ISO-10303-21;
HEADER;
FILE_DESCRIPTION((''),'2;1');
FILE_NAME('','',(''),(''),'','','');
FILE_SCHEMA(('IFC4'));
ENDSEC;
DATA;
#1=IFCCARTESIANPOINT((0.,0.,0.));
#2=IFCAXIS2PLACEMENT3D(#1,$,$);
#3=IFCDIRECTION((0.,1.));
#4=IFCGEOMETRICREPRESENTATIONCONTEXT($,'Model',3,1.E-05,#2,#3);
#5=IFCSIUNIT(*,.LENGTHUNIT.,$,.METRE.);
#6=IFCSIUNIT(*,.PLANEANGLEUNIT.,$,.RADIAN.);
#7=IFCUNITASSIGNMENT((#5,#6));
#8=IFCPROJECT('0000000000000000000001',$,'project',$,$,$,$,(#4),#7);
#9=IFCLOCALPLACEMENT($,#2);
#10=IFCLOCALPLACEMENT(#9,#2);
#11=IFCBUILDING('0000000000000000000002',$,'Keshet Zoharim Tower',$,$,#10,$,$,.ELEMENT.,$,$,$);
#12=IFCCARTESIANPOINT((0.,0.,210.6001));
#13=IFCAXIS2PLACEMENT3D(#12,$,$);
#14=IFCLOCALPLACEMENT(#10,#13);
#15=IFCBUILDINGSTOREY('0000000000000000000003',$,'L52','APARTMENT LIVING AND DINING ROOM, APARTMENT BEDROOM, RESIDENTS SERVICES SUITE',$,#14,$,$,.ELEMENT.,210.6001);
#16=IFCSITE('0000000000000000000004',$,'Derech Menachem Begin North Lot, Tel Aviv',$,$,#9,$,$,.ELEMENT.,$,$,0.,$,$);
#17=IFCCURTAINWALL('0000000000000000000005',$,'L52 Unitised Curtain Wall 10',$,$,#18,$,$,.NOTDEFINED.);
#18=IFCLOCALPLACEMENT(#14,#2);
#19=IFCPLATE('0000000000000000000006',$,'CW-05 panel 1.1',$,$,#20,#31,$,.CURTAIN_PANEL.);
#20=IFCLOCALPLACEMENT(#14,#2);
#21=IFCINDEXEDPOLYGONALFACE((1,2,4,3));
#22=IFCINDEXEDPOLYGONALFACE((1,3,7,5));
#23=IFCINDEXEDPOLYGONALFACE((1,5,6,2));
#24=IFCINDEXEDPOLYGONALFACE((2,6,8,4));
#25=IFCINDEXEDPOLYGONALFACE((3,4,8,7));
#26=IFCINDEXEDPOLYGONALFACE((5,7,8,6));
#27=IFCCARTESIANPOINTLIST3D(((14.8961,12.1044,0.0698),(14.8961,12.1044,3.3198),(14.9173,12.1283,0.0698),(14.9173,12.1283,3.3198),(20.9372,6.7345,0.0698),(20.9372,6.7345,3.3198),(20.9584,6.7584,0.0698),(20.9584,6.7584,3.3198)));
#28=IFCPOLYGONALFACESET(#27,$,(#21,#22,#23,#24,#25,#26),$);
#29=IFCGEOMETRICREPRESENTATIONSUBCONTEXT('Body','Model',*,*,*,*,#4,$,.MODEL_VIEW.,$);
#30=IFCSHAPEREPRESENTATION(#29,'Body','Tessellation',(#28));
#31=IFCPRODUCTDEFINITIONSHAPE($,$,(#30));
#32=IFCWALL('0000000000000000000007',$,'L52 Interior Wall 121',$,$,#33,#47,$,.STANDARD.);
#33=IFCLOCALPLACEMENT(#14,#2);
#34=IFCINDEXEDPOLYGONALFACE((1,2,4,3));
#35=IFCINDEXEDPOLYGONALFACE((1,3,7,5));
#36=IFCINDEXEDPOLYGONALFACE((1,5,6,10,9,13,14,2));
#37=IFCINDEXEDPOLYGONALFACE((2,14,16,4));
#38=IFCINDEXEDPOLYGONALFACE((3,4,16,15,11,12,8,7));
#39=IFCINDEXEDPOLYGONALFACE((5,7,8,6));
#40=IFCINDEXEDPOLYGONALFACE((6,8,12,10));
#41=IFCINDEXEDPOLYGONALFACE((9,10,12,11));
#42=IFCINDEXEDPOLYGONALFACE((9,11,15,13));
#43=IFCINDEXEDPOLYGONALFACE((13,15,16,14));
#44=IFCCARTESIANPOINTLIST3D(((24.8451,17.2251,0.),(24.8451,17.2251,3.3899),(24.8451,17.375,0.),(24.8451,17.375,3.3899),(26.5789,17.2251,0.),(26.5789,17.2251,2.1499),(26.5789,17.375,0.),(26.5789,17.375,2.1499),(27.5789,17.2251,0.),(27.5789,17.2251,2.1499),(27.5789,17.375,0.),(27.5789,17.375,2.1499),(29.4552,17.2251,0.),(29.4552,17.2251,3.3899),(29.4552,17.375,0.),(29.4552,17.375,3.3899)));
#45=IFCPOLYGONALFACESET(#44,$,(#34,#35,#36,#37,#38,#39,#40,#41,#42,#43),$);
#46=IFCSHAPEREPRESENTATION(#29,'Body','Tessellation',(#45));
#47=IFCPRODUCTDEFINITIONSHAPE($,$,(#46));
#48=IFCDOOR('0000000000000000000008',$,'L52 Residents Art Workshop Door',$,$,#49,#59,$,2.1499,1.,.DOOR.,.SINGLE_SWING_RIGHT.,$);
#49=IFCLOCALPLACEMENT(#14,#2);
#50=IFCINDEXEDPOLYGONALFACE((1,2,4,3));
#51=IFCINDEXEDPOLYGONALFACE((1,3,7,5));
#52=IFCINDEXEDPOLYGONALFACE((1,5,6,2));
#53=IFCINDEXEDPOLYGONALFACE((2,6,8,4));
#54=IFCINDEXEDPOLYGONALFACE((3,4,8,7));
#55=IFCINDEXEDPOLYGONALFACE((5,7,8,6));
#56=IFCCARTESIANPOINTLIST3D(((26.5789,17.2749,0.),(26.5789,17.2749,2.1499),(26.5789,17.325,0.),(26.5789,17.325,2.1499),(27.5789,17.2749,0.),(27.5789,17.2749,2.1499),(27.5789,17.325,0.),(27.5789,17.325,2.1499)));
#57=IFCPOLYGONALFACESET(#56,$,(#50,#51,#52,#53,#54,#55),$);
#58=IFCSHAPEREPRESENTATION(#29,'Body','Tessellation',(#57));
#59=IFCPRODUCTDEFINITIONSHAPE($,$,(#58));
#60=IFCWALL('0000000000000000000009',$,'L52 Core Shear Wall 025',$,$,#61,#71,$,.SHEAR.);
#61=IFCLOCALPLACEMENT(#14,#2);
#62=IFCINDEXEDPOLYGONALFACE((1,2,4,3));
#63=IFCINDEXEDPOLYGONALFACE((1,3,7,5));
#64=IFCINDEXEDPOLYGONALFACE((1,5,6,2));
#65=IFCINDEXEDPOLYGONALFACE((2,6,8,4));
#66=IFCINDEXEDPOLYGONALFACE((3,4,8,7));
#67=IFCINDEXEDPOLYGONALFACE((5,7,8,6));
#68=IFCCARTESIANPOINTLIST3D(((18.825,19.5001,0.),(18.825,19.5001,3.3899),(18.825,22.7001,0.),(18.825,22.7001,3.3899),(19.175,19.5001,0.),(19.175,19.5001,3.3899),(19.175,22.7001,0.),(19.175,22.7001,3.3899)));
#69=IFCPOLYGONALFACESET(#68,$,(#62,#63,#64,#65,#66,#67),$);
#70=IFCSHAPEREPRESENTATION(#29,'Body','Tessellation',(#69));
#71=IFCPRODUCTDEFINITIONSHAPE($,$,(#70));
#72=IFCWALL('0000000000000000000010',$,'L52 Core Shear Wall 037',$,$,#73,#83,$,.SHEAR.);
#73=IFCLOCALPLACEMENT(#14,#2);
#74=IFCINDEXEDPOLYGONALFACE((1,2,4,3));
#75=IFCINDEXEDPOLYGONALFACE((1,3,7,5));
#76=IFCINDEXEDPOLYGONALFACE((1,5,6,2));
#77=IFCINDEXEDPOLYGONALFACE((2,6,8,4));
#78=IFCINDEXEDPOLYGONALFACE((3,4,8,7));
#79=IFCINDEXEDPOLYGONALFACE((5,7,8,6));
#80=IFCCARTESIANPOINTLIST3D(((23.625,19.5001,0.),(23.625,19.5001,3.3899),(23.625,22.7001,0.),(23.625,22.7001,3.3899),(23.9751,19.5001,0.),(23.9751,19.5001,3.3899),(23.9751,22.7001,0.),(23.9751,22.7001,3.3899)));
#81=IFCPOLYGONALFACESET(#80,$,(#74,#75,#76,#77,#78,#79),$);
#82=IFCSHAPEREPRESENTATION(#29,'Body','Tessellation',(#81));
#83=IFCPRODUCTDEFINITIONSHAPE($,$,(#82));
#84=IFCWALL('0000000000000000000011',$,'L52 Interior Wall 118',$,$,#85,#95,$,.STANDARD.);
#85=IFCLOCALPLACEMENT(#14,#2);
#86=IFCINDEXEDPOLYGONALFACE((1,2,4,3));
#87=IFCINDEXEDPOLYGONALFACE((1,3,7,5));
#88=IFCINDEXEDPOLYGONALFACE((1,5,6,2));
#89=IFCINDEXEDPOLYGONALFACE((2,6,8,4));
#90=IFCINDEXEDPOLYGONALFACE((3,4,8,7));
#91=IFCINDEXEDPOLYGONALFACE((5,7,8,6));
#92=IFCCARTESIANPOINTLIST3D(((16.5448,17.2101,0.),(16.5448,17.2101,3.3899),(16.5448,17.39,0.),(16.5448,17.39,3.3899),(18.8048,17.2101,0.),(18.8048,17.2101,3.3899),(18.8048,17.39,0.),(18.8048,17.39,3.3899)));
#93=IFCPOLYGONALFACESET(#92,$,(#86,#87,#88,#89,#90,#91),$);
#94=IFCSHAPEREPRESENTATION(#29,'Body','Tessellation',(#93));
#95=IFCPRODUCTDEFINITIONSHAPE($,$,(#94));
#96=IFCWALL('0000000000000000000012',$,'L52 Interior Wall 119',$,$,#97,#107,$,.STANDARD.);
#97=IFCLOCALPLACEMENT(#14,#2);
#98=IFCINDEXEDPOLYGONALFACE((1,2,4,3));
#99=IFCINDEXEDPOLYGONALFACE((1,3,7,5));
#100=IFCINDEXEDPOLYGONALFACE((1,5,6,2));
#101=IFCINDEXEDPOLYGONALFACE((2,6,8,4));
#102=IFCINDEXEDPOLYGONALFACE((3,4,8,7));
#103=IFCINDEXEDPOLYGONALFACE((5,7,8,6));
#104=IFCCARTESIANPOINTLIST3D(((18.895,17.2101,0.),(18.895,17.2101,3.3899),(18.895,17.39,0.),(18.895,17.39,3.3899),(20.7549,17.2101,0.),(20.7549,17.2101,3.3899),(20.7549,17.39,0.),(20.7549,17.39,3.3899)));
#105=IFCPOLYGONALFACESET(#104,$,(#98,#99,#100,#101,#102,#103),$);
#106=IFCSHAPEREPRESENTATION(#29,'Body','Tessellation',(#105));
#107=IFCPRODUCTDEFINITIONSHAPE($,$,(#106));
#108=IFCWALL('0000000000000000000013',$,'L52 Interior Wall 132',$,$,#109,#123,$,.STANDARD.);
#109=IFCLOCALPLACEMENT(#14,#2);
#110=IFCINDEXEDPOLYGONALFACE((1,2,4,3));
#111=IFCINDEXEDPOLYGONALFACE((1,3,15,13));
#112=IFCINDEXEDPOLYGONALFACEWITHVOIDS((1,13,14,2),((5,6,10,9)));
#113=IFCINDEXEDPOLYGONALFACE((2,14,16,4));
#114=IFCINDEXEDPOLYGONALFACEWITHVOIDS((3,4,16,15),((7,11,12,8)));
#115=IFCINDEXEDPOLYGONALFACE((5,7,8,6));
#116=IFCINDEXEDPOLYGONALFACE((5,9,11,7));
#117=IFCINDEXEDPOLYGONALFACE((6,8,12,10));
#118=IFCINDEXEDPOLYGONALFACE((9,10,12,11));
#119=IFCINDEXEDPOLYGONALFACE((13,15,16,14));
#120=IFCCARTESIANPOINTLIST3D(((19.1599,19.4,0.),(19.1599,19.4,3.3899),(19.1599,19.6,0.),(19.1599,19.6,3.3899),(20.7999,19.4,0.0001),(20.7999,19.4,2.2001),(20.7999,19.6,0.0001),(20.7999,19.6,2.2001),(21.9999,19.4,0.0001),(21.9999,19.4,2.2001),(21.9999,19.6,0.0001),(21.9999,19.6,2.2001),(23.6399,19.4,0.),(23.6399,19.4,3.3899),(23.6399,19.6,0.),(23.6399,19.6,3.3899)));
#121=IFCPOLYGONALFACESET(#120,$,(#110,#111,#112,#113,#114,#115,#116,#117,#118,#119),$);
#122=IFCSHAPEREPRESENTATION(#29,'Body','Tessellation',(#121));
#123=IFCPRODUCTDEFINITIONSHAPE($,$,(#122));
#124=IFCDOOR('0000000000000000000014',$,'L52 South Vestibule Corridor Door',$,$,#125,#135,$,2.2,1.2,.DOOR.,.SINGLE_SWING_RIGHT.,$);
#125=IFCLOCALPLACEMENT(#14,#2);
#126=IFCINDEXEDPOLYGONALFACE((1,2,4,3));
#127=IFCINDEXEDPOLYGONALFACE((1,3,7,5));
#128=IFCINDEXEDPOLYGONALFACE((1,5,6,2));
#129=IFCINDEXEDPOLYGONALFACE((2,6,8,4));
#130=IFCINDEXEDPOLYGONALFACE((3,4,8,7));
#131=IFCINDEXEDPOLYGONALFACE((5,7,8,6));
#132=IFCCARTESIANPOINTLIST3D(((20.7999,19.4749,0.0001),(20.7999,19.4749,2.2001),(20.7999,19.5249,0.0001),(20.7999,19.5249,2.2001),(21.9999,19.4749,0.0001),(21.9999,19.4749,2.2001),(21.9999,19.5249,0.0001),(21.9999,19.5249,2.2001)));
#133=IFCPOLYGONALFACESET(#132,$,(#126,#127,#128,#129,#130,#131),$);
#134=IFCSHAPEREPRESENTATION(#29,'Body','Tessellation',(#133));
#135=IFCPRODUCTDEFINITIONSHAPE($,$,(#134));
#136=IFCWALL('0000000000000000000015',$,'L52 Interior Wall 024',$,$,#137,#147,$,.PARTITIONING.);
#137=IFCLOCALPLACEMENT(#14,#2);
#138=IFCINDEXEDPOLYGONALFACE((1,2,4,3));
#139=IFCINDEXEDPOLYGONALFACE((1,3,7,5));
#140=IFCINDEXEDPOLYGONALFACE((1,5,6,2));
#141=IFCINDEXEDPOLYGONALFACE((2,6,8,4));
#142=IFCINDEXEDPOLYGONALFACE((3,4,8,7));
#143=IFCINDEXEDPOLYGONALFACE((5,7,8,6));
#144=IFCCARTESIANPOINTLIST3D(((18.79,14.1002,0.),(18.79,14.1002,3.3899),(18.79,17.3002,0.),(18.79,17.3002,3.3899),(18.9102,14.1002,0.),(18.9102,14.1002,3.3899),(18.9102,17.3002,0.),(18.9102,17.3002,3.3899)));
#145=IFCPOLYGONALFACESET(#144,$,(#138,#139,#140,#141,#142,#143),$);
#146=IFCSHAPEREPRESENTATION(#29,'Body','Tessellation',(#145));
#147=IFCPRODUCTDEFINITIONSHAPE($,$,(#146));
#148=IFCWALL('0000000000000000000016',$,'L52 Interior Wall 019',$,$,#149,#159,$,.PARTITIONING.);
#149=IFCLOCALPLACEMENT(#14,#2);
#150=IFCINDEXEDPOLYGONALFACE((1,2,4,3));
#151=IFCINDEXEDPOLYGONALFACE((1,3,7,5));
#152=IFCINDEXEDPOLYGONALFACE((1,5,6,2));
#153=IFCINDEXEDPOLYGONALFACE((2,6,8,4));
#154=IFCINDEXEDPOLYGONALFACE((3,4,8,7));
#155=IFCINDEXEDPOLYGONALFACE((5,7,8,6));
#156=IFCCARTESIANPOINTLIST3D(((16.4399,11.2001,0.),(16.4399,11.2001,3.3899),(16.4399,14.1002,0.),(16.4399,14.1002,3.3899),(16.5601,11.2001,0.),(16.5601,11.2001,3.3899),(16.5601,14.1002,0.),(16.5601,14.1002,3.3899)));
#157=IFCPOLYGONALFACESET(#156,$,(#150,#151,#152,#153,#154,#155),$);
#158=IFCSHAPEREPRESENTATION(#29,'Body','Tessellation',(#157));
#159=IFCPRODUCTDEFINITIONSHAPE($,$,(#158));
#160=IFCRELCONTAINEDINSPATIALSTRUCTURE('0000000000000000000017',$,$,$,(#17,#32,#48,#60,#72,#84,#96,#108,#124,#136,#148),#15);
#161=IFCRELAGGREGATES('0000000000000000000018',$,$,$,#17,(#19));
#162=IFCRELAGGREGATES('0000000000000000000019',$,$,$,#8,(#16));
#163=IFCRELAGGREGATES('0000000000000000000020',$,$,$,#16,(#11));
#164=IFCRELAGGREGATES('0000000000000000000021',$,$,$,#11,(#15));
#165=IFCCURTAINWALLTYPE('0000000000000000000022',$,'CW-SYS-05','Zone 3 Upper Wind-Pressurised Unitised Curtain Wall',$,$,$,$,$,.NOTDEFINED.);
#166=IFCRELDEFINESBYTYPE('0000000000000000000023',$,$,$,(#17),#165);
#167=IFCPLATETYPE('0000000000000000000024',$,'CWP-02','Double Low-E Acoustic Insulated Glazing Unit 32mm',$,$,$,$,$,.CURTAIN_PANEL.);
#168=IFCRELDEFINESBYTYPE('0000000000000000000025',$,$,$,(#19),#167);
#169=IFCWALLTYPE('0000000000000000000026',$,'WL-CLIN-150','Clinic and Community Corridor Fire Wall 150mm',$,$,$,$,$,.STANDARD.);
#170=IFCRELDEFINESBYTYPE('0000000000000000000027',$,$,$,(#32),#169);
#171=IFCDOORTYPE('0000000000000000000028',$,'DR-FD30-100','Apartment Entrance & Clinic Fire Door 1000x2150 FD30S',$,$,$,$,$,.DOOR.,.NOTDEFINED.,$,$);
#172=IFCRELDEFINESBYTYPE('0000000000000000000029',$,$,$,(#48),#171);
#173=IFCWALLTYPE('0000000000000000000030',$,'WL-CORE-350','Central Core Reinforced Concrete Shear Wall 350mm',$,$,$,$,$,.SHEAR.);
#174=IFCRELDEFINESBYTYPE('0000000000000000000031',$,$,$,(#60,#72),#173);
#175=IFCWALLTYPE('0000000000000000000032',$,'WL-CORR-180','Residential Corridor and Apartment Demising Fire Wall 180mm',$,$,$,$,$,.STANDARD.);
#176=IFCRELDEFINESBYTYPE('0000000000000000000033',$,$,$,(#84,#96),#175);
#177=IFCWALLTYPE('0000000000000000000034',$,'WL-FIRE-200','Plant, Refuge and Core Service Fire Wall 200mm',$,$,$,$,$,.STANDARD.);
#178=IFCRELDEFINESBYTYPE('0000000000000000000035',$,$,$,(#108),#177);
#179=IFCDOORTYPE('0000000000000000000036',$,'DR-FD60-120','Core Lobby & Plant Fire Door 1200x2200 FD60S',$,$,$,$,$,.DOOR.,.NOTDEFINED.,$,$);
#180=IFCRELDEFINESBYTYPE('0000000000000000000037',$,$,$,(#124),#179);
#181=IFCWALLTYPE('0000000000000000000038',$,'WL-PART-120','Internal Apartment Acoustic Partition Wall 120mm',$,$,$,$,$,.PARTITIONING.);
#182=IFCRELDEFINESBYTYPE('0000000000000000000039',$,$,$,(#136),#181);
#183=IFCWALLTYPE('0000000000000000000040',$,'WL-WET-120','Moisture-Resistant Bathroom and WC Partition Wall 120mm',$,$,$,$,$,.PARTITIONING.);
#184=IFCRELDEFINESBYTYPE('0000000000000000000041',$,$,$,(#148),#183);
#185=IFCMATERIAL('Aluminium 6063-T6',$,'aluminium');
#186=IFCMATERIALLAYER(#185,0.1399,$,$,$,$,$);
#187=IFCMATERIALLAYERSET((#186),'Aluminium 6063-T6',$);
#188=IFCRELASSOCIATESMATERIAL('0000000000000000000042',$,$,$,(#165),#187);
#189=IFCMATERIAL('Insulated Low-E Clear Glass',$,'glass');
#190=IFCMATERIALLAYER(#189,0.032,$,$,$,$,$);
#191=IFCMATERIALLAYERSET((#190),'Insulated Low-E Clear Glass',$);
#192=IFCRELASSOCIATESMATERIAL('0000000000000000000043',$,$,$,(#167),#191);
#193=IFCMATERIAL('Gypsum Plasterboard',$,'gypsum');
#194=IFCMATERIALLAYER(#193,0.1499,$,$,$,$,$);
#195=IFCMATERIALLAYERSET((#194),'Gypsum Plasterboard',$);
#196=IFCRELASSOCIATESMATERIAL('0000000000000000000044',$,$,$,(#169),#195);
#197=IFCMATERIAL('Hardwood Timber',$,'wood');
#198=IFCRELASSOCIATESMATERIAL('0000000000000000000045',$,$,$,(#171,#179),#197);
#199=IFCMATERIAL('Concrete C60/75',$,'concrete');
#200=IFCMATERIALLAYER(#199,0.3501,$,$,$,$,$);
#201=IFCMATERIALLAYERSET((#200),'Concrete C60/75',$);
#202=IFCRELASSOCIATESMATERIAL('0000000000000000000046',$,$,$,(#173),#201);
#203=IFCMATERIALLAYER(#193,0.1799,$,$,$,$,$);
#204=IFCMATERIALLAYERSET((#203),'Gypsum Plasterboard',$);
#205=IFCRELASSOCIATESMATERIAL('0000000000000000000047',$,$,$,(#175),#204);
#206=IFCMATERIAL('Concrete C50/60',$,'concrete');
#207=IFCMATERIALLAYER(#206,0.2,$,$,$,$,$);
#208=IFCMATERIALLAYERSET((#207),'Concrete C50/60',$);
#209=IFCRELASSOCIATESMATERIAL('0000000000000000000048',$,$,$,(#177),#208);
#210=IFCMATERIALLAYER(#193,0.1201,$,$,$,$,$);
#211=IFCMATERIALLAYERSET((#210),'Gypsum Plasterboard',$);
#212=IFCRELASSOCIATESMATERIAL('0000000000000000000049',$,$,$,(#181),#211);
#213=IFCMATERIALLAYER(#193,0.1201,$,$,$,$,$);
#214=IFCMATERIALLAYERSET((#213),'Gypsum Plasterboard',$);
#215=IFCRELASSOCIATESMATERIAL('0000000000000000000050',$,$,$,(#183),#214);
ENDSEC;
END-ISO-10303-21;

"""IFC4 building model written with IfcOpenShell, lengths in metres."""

from ifc_helpers import new_model, si_unit, direction, frame, frame_2d, origin, origin_2d, place, context, subcontext, project, spatial, rectangle, extrude, material, layer, layer_set, type_object, element, fill, aggregate, save


model = new_model("IFC4")

# Units and contexts
model_context = context("Model", 3, precision=1e-05, world=origin(), true_north=direction((0.0, 1.0)))
body_context = subcontext(model_context, "Body", "Model", "MODEL_VIEW")
ifc_project = project(units=[si_unit("LENGTHUNIT", "METRE"), si_unit("PLANEANGLEUNIT", "RADIAN")], contexts=[model_context])

# Site, building, storey
site_placement = place(None, origin())
site = spatial("IfcSite", under=ifc_project, at=site_placement, Name="Derech Menachem Begin North Lot, Tel Aviv", CompositionType="ELEMENT", RefElevation=0.0)
building_placement = place(site_placement, origin())
building = spatial("IfcBuilding", under=site, at=building_placement, Name="Keshet Zoharim Tower", CompositionType="ELEMENT")
storey_placement = place(building_placement, frame((0.0, 0.0, 210.6001)))
storey = spatial("IfcBuildingStorey", under=building, at=storey_placement, Name="L52", Description="APARTMENT LIVING AND DINING ROOM, APARTMENT BEDROOM, RESIDENTS SERVICES SUITE", CompositionType="ELEMENT", Elevation=210.6001)

# Curtain wall, plate
ifc_material_1 = material(Name="Aluminium 6063-T6", Category="aluminium")
ifc_layer_1 = layer(ifc_material_1, 0.1399)
ifc_layer_set_1 = layer_set([ifc_layer_1], Name="Aluminium 6063-T6")
curtain_wall_type = type_object("IfcCurtainWallType", Name="CW-SYS-05", Description="Zone 3 Upper Wind-Pressurised Unitised Curtain Wall", PredefinedType="NOTDEFINED", material=ifc_layer_set_1)
curtain_wall_placement = place(storey_placement, origin())
curtain_wall = element("IfcCurtainWall", 1, at=curtain_wall_placement, inside=storey, type_object=curtain_wall_type, Name="L52 Unitised Curtain Wall 10", PredefinedType="NOTDEFINED")
ifc_material_2 = material(Name="Insulated Low-E Clear Glass", Category="glass")
ifc_layer_2 = layer(ifc_material_2, 0.032)
ifc_layer_set_2 = layer_set([ifc_layer_2], Name="Insulated Low-E Clear Glass")
plate_type = type_object("IfcPlateType", Name="CWP-02", Description="Double Low-E Acoustic Insulated Glazing Unit 32mm", PredefinedType="CURTAIN_PANEL", material=ifc_layer_set_2)
plate_placement = place(storey_placement, frame((17.9272, 9.4314, 0.0698), z_axis=(0.0, 0.0, 1.0), x_axis=(-0.747406, 0.664368, 0.0)))
plate = element("IfcPlate", 2, at=plate_placement, type_object=plate_type, Name="CW-05 panel 1.1", PredefinedType="CURTAIN_PANEL", context=body_context, shape_type="SweptSolid", body=[
    extrude(rectangle(XDim=8.0828, YDim=0.032, at=origin_2d()), origin(), (0.0, 0.0, 1.0), 3.25),
])
aggregate(curtain_wall, [plate])

# Wall, opening, door
ifc_material_3 = material(Name="Gypsum Plasterboard", Category="gypsum")
ifc_layer_3 = layer(ifc_material_3, 0.1499)
ifc_layer_set_3 = layer_set([ifc_layer_3], Name="Gypsum Plasterboard")
wall_type_1 = type_object("IfcWallType", Name="WL-CLIN-150", Description="Clinic and Community Corridor Fire Wall 150mm", PredefinedType="STANDARD", material=ifc_layer_set_3)
ifc_material_4 = material(Name="Hardwood Timber", Category="wood")
door_type_1 = type_object("IfcDoorType", Name="DR-FD30-100", Description="Apartment Entrance & Clinic Fire Door 1000x2150 FD30S", OperationType="NOTDEFINED", PredefinedType="DOOR", material=ifc_material_4)
wall_1_placement = place(storey_placement, frame((24.845, 17.3, 0.0), z_axis=(0.0, 0.0, 1.0), x_axis=(1.0, 0.0, 0.0)))
wall_1 = element("IfcWall", 3, at=wall_1_placement, inside=storey, type_object=wall_type_1, Name="L52 Interior Wall 121", PredefinedType="STANDARD", context=body_context, shape_type="SweptSolid", body=[
    extrude(rectangle(XDim=4.6101, YDim=0.1499, at=frame_2d((2.3052, 0.0))), origin(), (0.0, 0.0, 1.0), 3.3899),
])
opening_1_placement = place(wall_1_placement, frame((1.7339, 0.0, 0.0)))
opening_1 = element("IfcOpeningElement", 4, at=opening_1_placement, cuts=wall_1, PredefinedType="OPENING", context=body_context, shape_type="SweptSolid", body=[
    extrude(rectangle(XDim=1.0, YDim=2.1499, at=frame_2d((0.5, 1.075))), frame((0.0, 0.085, 0.0), z_axis=(0.0, -1.0, 0.0), x_axis=(1.0, 0.0, 0.0)), (0.0, 0.0, 1.0), 0.1699),
])
door_1_placement = place(opening_1_placement, origin())
door_1 = element("IfcDoor", 5, at=door_1_placement, inside=storey, type_object=door_type_1, Name="L52 Residents Art Workshop Door", OperationType="SINGLE_SWING_RIGHT", OverallHeight=2.1499, OverallWidth=1.0, PredefinedType="DOOR", context=body_context, shape_type="SweptSolid", body=[
    extrude(rectangle(XDim=1.0, YDim=2.1499, at=frame_2d((0.5, 1.075))), frame((0.0, 0.0249, 0.0), z_axis=(0.0, -1.0, 0.0), x_axis=(1.0, 0.0, 0.0)), (0.0, 0.0, 1.0), 0.05),
])
fill(opening_1, door_1)

# Walls
ifc_material_5 = material(Name="Concrete C60/75", Category="concrete")
ifc_layer_4 = layer(ifc_material_5, 0.3501)
ifc_layer_set_4 = layer_set([ifc_layer_4], Name="Concrete C60/75")
wall_type_2 = type_object("IfcWallType", Name="WL-CORE-350", Description="Central Core Reinforced Concrete Shear Wall 350mm", PredefinedType="SHEAR", material=ifc_layer_set_4)
for number, where, z_axis, x_axis, name in (
    (6, (19.0, 19.5, 0.0), (0.0, 0.0, 1.0), (0.0, 1.0, 0.0), "L52 Core Shear Wall 025"),
    (7, (23.8, 19.5, 0.0), (0.0, 0.0, 1.0), (0.0, 1.0, 0.0), "L52 Core Shear Wall 037"),
):
    element("IfcWall", number, at=place(storey_placement, frame(where, z_axis=z_axis, x_axis=x_axis)), inside=storey, type_object=wall_type_2, Name=name, PredefinedType="SHEAR", context=body_context, shape_type="SweptSolid", body=[
        extrude(rectangle(XDim=3.2, YDim=0.3501, at=frame_2d((1.6001, 0.0))), origin(), (0.0, 0.0, 1.0), 3.3899),
    ])
ifc_layer_5 = layer(ifc_material_3, 0.1799)
ifc_layer_set_5 = layer_set([ifc_layer_5], Name="Gypsum Plasterboard")
wall_type_3 = type_object("IfcWallType", Name="WL-CORR-180", Description="Residential Corridor and Apartment Demising Fire Wall 180mm", PredefinedType="STANDARD", material=ifc_layer_set_5)
wall_2_placement = place(storey_placement, frame((16.5449, 17.3, 0.0), z_axis=(0.0, 0.0, 1.0), x_axis=(1.0, 0.0, 0.0)))
element("IfcWall", 8, at=wall_2_placement, inside=storey, type_object=wall_type_3, Name="L52 Interior Wall 118", PredefinedType="STANDARD", context=body_context, shape_type="SweptSolid", body=[
    extrude(rectangle(XDim=2.26, YDim=0.1799, at=frame_2d((1.1299, 0.0))), origin(), (0.0, 0.0, 1.0), 3.3899),
])
wall_3_placement = place(storey_placement, frame((18.895, 17.3, 0.0), z_axis=(0.0, 0.0, 1.0), x_axis=(1.0, 0.0, 0.0)))
element("IfcWall", 9, at=wall_3_placement, inside=storey, type_object=wall_type_3, Name="L52 Interior Wall 119", PredefinedType="STANDARD", context=body_context, shape_type="SweptSolid", body=[
    extrude(rectangle(XDim=1.8599, YDim=0.1799, at=frame_2d((0.9299, 0.0))), origin(), (0.0, 0.0, 1.0), 3.3899),
])

# Wall, opening, door
ifc_material_6 = material(Name="Concrete C50/60", Category="concrete")
ifc_layer_6 = layer(ifc_material_6, 0.2)
ifc_layer_set_6 = layer_set([ifc_layer_6], Name="Concrete C50/60")
wall_type_4 = type_object("IfcWallType", Name="WL-FIRE-200", Description="Plant, Refuge and Core Service Fire Wall 200mm", PredefinedType="STANDARD", material=ifc_layer_set_6)
wall_4_placement = place(storey_placement, frame((19.1599, 19.5, 0.0), z_axis=(0.0, 0.0, 1.0), x_axis=(1.0, 0.0, 0.0)))
wall_4 = element("IfcWall", 10, at=wall_4_placement, inside=storey, type_object=wall_type_4, Name="L52 Interior Wall 132", PredefinedType="STANDARD", context=body_context, shape_type="SweptSolid", body=[
    extrude(rectangle(XDim=4.48, YDim=0.2, at=frame_2d((2.24, 0.0))), origin(), (0.0, 0.0, 1.0), 3.3899),
])
opening_2_placement = place(wall_4_placement, frame((1.6399, 0.0, 0.0)))
opening_2 = element("IfcOpeningElement", 11, at=opening_2_placement, cuts=wall_4, PredefinedType="OPENING", context=body_context, shape_type="SweptSolid", body=[
    extrude(rectangle(XDim=1.2, YDim=2.2, at=frame_2d((0.6001, 1.1001))), frame((0.0, 0.1099, 0.0), z_axis=(0.0, -1.0, 0.0), x_axis=(1.0, 0.0, 0.0)), (0.0, 0.0, 1.0), 0.22),
])
door_type_2 = type_object("IfcDoorType", Name="DR-FD60-120", Description="Core Lobby & Plant Fire Door 1200x2200 FD60S", OperationType="NOTDEFINED", PredefinedType="DOOR", material=ifc_material_4)
door_2_placement = place(opening_2_placement, origin())
door_2 = element("IfcDoor", 12, at=door_2_placement, inside=storey, type_object=door_type_2, Name="L52 South Vestibule Corridor Door", OperationType="SINGLE_SWING_RIGHT", OverallHeight=2.2, OverallWidth=1.2, PredefinedType="DOOR", context=body_context, shape_type="SweptSolid", body=[
    extrude(rectangle(XDim=1.2, YDim=2.2, at=frame_2d((0.6001, 1.1001))), frame((0.0, 0.0249, 0.0), z_axis=(0.0, -1.0, 0.0), x_axis=(1.0, 0.0, 0.0)), (0.0, 0.0, 1.0), 0.05),
])
fill(opening_2, door_2)
ifc_layer_7 = layer(ifc_material_3, 0.1201)
ifc_layer_set_7 = layer_set([ifc_layer_7], Name="Gypsum Plasterboard")
wall_type_5 = type_object("IfcWallType", Name="WL-PART-120", Description="Internal Apartment Acoustic Partition Wall 120mm", PredefinedType="PARTITIONING", material=ifc_layer_set_7)

# Walls
wall_5_placement = place(storey_placement, frame((18.8501, 14.1001, 0.0), z_axis=(0.0, 0.0, 1.0), x_axis=(0.0, 1.0, 0.0)))
element("IfcWall", 13, at=wall_5_placement, inside=storey, type_object=wall_type_5, Name="L52 Interior Wall 024", PredefinedType="PARTITIONING", context=body_context, shape_type="SweptSolid", body=[
    extrude(rectangle(XDim=3.2, YDim=0.1201, at=frame_2d((1.6001, 0.0))), origin(), (0.0, 0.0, 1.0), 3.3899),
])
ifc_layer_8 = layer(ifc_material_3, 0.1201)
ifc_layer_set_8 = layer_set([ifc_layer_8], Name="Gypsum Plasterboard")
wall_type_6 = type_object("IfcWallType", Name="WL-WET-120", Description="Moisture-Resistant Bathroom and WC Partition Wall 120mm", PredefinedType="PARTITIONING", material=ifc_layer_set_8)
wall_6_placement = place(storey_placement, frame((16.5, 11.2, 0.0), z_axis=(0.0, 0.0, 1.0), x_axis=(0.0, 1.0, 0.0)))
element("IfcWall", 14, at=wall_6_placement, inside=storey, type_object=wall_type_6, Name="L52 Interior Wall 019", PredefinedType="PARTITIONING", context=body_context, shape_type="SweptSolid", body=[
    extrude(rectangle(XDim=2.9001, YDim=0.1201, at=frame_2d((1.4502, 0.0))), origin(), (0.0, 0.0, 1.0), 3.3899),
])

save(model, "model.ifc")
